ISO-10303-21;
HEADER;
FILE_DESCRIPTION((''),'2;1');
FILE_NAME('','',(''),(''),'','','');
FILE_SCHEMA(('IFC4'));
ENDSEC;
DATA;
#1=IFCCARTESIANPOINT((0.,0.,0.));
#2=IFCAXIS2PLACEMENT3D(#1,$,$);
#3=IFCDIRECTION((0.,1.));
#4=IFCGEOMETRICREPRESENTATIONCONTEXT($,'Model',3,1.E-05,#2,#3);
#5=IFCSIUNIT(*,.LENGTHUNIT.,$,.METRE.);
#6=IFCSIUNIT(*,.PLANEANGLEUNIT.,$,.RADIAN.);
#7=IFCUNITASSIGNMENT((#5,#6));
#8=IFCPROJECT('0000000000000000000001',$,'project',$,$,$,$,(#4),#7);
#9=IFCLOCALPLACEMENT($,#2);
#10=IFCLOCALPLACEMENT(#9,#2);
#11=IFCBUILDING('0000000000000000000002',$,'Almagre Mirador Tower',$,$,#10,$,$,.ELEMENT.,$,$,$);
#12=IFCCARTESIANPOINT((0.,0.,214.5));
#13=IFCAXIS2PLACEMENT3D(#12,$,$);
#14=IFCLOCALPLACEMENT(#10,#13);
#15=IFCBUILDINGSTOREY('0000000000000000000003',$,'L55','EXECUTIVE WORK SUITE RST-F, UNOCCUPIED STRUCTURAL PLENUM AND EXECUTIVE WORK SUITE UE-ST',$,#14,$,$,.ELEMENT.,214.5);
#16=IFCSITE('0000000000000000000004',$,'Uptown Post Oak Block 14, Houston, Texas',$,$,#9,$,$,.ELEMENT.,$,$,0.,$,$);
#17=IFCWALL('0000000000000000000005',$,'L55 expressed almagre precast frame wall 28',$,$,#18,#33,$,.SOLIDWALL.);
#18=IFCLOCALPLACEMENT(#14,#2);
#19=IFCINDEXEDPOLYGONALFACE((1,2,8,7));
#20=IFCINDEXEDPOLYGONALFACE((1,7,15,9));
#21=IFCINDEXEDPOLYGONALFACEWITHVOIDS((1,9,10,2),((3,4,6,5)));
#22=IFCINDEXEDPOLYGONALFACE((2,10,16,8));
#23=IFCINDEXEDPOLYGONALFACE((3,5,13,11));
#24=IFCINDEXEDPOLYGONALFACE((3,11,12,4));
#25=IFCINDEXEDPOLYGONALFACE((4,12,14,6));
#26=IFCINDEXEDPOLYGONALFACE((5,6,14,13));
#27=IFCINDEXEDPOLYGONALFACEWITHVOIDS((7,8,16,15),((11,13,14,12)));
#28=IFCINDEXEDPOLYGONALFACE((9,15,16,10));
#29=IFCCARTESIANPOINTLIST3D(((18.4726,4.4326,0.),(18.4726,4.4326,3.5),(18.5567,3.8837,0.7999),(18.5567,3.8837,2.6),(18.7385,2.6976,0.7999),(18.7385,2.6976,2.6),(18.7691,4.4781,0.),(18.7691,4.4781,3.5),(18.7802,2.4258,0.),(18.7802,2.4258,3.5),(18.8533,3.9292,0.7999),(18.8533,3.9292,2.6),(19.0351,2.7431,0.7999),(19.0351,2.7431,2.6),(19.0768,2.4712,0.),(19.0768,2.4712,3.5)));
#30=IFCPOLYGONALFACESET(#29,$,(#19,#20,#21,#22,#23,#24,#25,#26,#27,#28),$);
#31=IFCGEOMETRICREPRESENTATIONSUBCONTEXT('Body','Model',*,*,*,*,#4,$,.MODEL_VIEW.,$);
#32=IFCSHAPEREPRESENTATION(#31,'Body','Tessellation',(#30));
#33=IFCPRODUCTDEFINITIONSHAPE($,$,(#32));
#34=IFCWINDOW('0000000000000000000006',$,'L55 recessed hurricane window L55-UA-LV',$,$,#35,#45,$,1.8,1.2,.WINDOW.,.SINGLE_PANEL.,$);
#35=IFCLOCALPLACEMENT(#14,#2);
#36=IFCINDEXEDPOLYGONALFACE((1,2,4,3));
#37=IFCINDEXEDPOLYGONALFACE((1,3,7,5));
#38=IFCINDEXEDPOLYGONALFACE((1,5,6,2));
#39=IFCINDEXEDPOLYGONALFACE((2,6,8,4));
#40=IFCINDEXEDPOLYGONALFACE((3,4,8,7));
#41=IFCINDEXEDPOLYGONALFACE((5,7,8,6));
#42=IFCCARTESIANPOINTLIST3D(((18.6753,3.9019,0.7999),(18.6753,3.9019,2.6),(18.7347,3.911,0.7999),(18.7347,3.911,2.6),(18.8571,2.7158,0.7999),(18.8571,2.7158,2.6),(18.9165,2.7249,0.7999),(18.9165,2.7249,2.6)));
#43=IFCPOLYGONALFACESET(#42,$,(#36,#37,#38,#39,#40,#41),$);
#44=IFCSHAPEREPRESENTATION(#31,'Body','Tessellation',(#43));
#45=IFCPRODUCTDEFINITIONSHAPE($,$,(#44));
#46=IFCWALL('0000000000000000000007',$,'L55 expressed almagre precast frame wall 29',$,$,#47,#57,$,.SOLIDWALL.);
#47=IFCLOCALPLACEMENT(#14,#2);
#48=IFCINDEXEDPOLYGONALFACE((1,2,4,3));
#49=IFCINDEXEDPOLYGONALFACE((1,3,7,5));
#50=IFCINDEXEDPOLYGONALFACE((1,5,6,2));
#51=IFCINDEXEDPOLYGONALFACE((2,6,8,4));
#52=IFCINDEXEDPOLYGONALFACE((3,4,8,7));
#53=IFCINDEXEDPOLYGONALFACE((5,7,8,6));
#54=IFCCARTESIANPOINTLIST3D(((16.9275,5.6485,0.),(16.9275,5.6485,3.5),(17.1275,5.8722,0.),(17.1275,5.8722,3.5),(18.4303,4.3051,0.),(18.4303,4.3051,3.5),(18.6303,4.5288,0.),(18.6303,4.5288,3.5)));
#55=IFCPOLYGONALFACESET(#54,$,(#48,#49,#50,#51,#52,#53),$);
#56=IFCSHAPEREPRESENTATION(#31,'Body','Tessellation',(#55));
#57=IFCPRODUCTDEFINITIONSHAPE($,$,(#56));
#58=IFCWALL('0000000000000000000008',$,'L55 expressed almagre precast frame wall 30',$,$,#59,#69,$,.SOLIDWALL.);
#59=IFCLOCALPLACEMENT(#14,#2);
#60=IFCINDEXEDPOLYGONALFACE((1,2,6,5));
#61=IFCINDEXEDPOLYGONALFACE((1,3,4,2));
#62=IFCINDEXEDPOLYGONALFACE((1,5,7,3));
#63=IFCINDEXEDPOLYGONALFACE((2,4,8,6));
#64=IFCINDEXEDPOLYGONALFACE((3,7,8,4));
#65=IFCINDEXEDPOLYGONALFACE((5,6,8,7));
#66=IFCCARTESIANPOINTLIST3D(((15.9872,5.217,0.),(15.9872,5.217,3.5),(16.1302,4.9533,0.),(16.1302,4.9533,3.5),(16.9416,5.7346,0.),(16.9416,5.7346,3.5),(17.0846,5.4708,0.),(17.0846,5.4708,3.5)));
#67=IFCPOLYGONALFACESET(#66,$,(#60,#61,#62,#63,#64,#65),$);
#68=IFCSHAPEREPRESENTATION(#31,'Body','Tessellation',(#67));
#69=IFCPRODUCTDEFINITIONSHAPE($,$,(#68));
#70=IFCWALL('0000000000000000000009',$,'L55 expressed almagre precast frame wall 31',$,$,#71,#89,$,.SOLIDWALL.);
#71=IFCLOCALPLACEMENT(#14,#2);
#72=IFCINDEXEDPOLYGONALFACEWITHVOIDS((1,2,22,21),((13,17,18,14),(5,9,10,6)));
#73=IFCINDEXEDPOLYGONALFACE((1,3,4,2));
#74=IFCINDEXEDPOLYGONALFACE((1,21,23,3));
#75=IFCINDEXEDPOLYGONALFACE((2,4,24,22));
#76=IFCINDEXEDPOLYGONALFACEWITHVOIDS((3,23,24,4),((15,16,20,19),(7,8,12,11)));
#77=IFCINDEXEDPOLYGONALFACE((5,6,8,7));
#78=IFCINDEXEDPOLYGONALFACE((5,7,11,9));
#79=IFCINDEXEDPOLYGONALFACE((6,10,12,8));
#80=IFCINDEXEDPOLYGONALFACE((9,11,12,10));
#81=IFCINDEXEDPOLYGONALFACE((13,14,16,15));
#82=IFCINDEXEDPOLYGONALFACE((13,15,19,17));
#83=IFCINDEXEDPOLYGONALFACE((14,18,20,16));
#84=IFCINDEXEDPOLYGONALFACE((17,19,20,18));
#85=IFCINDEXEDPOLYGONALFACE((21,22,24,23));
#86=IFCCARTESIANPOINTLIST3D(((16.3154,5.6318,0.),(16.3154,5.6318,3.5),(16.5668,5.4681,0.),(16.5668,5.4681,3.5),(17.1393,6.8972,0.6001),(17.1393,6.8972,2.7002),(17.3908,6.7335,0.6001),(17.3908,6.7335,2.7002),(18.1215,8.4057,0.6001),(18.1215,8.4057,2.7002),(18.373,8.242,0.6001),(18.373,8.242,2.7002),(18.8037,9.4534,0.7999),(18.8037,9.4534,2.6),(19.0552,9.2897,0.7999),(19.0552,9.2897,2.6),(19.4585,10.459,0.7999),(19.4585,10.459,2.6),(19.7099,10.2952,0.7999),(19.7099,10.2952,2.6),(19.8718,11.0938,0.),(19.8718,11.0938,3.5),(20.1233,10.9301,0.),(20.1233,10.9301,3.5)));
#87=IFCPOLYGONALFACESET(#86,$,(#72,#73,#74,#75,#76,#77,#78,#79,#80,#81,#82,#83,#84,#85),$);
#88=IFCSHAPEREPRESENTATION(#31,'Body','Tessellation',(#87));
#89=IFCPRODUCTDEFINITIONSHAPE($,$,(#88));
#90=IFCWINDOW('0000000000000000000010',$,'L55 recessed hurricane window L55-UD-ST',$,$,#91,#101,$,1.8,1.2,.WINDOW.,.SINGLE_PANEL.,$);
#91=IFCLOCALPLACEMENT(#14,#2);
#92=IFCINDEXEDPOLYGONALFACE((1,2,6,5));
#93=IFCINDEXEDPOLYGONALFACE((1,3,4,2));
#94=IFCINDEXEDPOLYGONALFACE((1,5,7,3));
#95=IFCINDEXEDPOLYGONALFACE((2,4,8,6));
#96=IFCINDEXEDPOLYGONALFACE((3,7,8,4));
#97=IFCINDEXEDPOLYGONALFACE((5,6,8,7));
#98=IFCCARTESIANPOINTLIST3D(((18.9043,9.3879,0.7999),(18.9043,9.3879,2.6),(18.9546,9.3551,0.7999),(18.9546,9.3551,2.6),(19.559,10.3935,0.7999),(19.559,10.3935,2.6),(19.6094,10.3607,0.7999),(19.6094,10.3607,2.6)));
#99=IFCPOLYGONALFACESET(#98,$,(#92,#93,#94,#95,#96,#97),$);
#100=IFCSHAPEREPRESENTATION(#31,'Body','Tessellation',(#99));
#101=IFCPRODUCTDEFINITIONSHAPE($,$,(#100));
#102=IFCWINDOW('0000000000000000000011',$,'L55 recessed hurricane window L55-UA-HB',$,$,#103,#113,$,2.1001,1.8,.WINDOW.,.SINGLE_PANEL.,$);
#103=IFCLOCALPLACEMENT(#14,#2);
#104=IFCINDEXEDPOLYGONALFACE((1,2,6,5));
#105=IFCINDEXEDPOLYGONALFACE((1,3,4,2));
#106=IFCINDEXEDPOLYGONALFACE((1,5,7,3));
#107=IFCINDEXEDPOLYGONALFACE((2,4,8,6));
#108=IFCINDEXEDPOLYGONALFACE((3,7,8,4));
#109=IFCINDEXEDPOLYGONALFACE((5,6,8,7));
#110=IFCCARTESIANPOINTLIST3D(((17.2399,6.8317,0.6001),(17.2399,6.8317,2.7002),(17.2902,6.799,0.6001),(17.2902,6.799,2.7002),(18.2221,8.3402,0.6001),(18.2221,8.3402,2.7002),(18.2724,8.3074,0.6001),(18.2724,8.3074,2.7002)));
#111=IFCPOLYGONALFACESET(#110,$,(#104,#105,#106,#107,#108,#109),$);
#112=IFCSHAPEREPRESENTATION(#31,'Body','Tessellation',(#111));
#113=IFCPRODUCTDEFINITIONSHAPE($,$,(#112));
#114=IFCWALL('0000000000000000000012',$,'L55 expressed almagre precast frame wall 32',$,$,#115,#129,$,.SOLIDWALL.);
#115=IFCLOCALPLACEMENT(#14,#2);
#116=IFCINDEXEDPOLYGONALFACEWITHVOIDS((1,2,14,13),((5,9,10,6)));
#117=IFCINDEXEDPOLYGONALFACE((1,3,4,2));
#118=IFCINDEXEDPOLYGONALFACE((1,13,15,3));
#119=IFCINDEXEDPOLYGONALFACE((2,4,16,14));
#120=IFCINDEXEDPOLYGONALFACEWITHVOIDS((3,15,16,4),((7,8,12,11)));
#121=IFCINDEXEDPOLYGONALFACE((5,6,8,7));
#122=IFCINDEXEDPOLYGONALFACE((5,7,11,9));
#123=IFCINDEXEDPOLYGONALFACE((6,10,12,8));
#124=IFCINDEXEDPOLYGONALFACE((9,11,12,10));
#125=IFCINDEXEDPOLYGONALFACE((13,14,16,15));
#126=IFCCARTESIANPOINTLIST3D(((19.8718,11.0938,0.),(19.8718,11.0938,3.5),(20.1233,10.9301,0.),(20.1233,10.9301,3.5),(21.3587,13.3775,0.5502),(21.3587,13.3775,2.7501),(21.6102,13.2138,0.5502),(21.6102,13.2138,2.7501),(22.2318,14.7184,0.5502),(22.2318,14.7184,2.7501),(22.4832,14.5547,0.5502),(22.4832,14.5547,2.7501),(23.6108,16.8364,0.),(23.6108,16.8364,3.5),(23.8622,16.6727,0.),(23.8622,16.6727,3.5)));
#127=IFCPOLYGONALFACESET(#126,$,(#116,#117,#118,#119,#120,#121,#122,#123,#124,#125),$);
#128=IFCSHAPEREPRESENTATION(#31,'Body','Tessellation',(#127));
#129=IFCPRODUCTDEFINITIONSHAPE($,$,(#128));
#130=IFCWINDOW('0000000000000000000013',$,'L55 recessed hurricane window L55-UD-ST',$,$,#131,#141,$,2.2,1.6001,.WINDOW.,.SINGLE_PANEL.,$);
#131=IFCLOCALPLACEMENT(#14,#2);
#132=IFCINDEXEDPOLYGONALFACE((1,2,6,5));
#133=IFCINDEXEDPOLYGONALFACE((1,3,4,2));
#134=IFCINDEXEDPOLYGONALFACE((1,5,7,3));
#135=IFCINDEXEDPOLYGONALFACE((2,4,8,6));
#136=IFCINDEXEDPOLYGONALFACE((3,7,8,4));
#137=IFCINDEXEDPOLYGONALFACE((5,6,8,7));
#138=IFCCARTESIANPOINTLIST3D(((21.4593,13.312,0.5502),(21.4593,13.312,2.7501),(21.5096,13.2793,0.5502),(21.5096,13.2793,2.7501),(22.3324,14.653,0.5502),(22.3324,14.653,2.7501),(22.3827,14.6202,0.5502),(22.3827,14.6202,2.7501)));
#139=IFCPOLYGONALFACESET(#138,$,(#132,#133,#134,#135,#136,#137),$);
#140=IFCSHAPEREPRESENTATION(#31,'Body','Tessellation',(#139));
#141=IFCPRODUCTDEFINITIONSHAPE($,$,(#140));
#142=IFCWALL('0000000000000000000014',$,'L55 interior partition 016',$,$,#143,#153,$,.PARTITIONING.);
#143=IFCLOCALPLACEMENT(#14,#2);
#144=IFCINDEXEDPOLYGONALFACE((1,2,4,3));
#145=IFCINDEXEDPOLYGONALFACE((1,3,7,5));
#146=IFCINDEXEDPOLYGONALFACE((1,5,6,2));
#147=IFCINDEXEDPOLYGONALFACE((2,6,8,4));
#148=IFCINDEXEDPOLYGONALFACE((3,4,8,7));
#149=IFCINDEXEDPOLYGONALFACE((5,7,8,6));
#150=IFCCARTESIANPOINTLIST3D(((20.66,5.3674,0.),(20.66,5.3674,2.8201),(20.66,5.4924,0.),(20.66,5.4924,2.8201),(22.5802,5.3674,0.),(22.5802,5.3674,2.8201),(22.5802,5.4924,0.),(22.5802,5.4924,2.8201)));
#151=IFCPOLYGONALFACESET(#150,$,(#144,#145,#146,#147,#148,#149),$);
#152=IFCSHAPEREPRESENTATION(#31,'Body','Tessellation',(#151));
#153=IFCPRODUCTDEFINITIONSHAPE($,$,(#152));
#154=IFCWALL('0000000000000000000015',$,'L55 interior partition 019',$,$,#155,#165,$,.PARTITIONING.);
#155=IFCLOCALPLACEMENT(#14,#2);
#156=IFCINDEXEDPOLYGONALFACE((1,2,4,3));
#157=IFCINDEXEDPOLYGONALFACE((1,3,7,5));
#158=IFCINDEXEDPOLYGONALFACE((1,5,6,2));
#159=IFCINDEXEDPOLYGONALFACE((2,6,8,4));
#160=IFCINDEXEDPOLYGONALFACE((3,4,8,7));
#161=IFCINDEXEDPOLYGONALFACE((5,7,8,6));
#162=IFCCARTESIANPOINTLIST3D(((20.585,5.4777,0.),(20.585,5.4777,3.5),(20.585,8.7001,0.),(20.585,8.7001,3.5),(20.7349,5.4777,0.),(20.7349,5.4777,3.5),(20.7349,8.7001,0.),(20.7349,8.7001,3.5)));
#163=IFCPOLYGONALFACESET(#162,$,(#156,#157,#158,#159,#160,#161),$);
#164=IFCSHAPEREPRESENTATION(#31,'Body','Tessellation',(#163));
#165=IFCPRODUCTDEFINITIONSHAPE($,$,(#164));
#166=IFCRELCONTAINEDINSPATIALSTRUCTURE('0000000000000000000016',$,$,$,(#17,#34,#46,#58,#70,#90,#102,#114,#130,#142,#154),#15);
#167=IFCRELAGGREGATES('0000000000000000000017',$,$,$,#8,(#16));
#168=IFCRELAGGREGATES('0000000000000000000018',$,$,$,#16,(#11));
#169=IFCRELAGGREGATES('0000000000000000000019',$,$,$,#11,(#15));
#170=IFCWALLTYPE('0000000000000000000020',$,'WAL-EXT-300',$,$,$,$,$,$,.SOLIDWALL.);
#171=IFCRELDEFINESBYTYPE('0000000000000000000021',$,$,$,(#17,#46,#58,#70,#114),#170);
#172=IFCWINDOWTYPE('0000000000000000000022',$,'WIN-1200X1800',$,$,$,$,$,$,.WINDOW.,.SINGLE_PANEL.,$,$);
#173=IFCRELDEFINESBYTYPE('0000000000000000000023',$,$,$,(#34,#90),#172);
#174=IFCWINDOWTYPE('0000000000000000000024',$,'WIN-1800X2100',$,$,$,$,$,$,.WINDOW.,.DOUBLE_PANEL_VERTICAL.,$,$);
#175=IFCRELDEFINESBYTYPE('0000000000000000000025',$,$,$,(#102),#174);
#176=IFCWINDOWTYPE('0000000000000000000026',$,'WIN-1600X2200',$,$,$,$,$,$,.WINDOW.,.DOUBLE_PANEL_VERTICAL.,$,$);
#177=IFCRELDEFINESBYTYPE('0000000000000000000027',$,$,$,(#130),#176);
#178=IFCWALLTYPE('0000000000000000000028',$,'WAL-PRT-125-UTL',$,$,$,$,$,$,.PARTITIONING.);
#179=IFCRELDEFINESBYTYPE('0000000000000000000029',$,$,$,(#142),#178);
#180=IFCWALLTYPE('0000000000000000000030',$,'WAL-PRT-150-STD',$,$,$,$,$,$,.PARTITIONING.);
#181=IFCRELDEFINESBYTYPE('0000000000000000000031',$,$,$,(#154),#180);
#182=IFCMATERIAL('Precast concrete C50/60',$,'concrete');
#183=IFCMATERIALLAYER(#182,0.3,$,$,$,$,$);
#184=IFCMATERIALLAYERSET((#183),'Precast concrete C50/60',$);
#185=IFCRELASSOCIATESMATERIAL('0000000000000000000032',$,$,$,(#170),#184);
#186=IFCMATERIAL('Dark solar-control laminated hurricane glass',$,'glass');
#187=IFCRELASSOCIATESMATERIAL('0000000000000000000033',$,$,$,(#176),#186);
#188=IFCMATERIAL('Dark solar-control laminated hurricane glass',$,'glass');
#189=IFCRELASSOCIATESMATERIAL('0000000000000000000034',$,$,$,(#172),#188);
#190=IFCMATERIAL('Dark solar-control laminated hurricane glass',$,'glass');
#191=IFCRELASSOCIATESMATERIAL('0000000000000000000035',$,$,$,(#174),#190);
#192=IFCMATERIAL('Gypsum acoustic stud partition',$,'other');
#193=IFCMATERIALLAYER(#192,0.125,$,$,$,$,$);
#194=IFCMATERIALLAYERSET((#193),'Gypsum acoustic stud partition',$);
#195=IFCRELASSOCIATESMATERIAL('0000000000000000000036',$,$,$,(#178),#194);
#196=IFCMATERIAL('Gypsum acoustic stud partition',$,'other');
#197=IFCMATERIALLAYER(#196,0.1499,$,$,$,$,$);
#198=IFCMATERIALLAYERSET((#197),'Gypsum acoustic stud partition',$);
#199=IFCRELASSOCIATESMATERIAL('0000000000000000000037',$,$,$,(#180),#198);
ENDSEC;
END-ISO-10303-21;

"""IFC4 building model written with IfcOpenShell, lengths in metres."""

from ifc_helpers import new_model, si_unit, direction, frame, frame_2d, origin, place, context, subcontext, project, spatial, rectangle, extrude, material, layer, layer_set, type_object, element, fill, save


model = new_model("IFC4")

# Units and contexts
model_context = context("Model", 3, precision=1e-05, world=origin(), true_north=direction((0.0, 1.0)))
body_context = subcontext(model_context, "Body", "Model", "MODEL_VIEW")
ifc_project = project(units=[si_unit("LENGTHUNIT", "METRE"), si_unit("PLANEANGLEUNIT", "RADIAN")], contexts=[model_context])

# Site, building, storey
site_placement = place(None, origin())
site = spatial("IfcSite", under=ifc_project, at=site_placement, Name="Uptown Post Oak Block 14, Houston, Texas", CompositionType="ELEMENT", RefElevation=0.0)
building_placement = place(site_placement, origin())
building = spatial("IfcBuilding", under=site, at=building_placement, Name="Almagre Mirador Tower", CompositionType="ELEMENT")
storey_placement = place(building_placement, frame((0.0, 0.0, 214.5)))
storey = spatial("IfcBuildingStorey", under=building, at=storey_placement, Name="L55", Description="EXECUTIVE WORK SUITE RST-F, UNOCCUPIED STRUCTURAL PLENUM AND EXECUTIVE WORK SUITE UE-ST", CompositionType="ELEMENT", Elevation=214.5)

# Shared definitions
ifc_material_1 = material(Name="Precast concrete C50/60", Category="concrete")
ifc_layer_1 = layer(ifc_material_1, 0.3)
ifc_layer_set_1 = layer_set([ifc_layer_1], Name="Precast concrete C50/60")
wall_type_1 = type_object("IfcWallType", Name="WAL-EXT-300", PredefinedType="SOLIDWALL", material=ifc_layer_set_1)

# Shared definitions
ifc_material_2 = material(Name="Dark solar-control laminated hurricane glass", Category="glass")
window_type_1 = type_object("IfcWindowType", Name="WIN-1600X2200", PartitioningType="DOUBLE_PANEL_VERTICAL", PredefinedType="WINDOW", material=ifc_material_2)

# Wall, opening, window
wall_1_placement = place(storey_placement, frame((18.9285, 2.4485, 0.0), z_axis=(0.0, 0.0, 1.0), x_axis=(-0.151515, 0.988455, 0.0)))
wall_1 = element("IfcWall", 1, at=wall_1_placement, inside=storey, type_object=wall_type_1, Name="L55 expressed almagre precast frame wall 28", PredefinedType="SOLIDWALL", context=body_context, shape_type="SweptSolid", body=[
    extrude(rectangle(XDim=2.0303, YDim=0.3, at=frame_2d((1.0151, 0.0))), origin(), (0.0, 0.0, 1.0), 3.5),
])
opening_1_placement = place(wall_1_placement, frame((0.2749, 0.0, 0.8)))
opening_1 = element("IfcOpeningElement", 2, at=opening_1_placement, cuts=wall_1, PredefinedType="OPENING", context=body_context, shape_type="SweptSolid", body=[
    extrude(rectangle(XDim=1.2, YDim=1.8, at=frame_2d((0.6001, 0.8999))), frame((0.0, 0.1599, 0.0), z_axis=(0.0, -1.0, 0.0), x_axis=(1.0, 0.0, 0.0)), (0.0, 0.0, 1.0), 0.32),
])
ifc_material_3 = material(Name="Dark solar-control laminated hurricane glass", Category="glass")
window_type_2 = type_object("IfcWindowType", Name="WIN-1200X1800", PartitioningType="SINGLE_PANEL", PredefinedType="WINDOW", material=ifc_material_3)
window_1_placement = place(opening_1_placement, origin())
window_1 = element("IfcWindow", 3, at=window_1_placement, inside=storey, type_object=window_type_2, Name="L55 recessed hurricane window L55-UA-LV", OverallHeight=1.8, OverallWidth=1.2, PartitioningType="SINGLE_PANEL", PredefinedType="WINDOW", context=body_context, shape_type="SweptSolid", body=[
    extrude(rectangle(XDim=1.2, YDim=1.8, at=frame_2d((0.6001, 0.8999))), frame((0.0, 0.03, 0.0), z_axis=(0.0, -1.0, 0.0), x_axis=(1.0, 0.0, 0.0)), (0.0, 0.0, 1.0), 0.0601),
])
fill(opening_1, window_1)

# Walls
wall_2_placement = place(storey_placement, frame((18.5303, 4.417, 0.0), z_axis=(0.0, 0.0, 1.0), x_axis=(-0.745549, 0.666451, 0.0)))
element("IfcWall", 4, at=wall_2_placement, inside=storey, type_object=wall_type_1, Name="L55 expressed almagre precast frame wall 29", PredefinedType="SOLIDWALL", context=body_context, shape_type="SweptSolid", body=[
    extrude(rectangle(XDim=2.0156, YDim=0.3, at=frame_2d((1.0078, 0.0))), origin(), (0.0, 0.0, 1.0), 3.5),
])
wall_3_placement = place(storey_placement, frame((17.0132, 5.6028, 0.0), z_axis=(0.0, 0.0, 1.0), x_axis=(-0.879045, -0.476739, 0.0)))
element("IfcWall", 5, at=wall_3_placement, inside=storey, type_object=wall_type_1, Name="L55 expressed almagre precast frame wall 30", PredefinedType="SOLIDWALL", context=body_context, shape_type="SweptSolid", body=[
    extrude(rectangle(XDim=1.0857, YDim=0.3, at=frame_2d((0.543, 0.0))), origin(), (0.0, 0.0, 1.0), 3.5),
])

# Wall, openings, windows
wall_4_placement = place(storey_placement, frame((16.4412, 5.55, 0.0), z_axis=(0.0, 0.0, 1.0), x_axis=(0.545652, 0.838012, 0.0)))
wall_4 = element("IfcWall", 6, at=wall_4_placement, inside=storey, type_object=wall_type_1, Name="L55 expressed almagre precast frame wall 31", PredefinedType="SOLIDWALL", context=body_context, shape_type="SweptSolid", body=[
    extrude(rectangle(XDim=6.5178, YDim=0.3, at=frame_2d((3.2588, 0.0))), origin(), (0.0, 0.0, 1.0), 3.5),
])
opening_2_placement = place(wall_4_placement, frame((1.51, 0.0, 0.6001)))
opening_2 = element("IfcOpeningElement", 7, at=opening_2_placement, cuts=wall_4, PredefinedType="OPENING", context=body_context, shape_type="SweptSolid", body=[
    extrude(rectangle(XDim=1.8, YDim=2.1001, at=frame_2d((0.8999, 1.05))), frame((0.0, 0.1599, 0.0), z_axis=(0.0, -1.0, 0.0), x_axis=(1.0, 0.0, 0.0)), (0.0, 0.0, 1.0), 0.32),
])
opening_3_placement = place(wall_4_placement, frame((4.5601, 0.0, 0.8)))
opening_3 = element("IfcOpeningElement", 8, at=opening_3_placement, cuts=wall_4, PredefinedType="OPENING", context=body_context, shape_type="SweptSolid", body=[
    extrude(rectangle(XDim=1.2, YDim=1.8, at=frame_2d((0.6001, 0.8999))), frame((0.0, 0.1599, 0.0), z_axis=(0.0, -1.0, 0.0), x_axis=(1.0, 0.0, 0.0)), (0.0, 0.0, 1.0), 0.32),
])
window_2_placement = place(opening_3_placement, origin())
window_2 = element("IfcWindow", 9, at=window_2_placement, inside=storey, type_object=window_type_2, Name="L55 recessed hurricane window L55-UD-ST", OverallHeight=1.8, OverallWidth=1.2, PartitioningType="SINGLE_PANEL", PredefinedType="WINDOW", context=body_context, shape_type="SweptSolid", body=[
    extrude(rectangle(XDim=1.2, YDim=1.8, at=frame_2d((0.6001, 0.8999))), frame((0.0, 0.03, 0.0), z_axis=(0.0, -1.0, 0.0), x_axis=(1.0, 0.0, 0.0)), (0.0, 0.0, 1.0), 0.0601),
])
fill(opening_3, window_2)
ifc_material_4 = material(Name="Dark solar-control laminated hurricane glass", Category="glass")
window_type_3 = type_object("IfcWindowType", Name="WIN-1800X2100", PartitioningType="DOUBLE_PANEL_VERTICAL", PredefinedType="WINDOW", material=ifc_material_4)
window_3_placement = place(opening_2_placement, origin())
window_3 = element("IfcWindow", 10, at=window_3_placement, inside=storey, type_object=window_type_3, Name="L55 recessed hurricane window L55-UA-HB", OverallHeight=2.1001, OverallWidth=1.8, PartitioningType="SINGLE_PANEL", PredefinedType="WINDOW", context=body_context, shape_type="SweptSolid", body=[
    extrude(rectangle(XDim=1.8, YDim=2.1001, at=frame_2d((0.8999, 1.05))), frame((0.0, 0.03, 0.0), z_axis=(0.0, -1.0, 0.0), x_axis=(1.0, 0.0, 0.0)), (0.0, 0.0, 1.0), 0.0601),
])
fill(opening_2, window_3)

# Wall, opening, window
wall_5_placement = place(storey_placement, frame((19.9976, 11.012, 0.0), z_axis=(0.0, 0.0, 1.0), x_axis=(0.545632, 0.838025, 0.0)))
wall_5 = element("IfcWall", 11, at=wall_5_placement, inside=storey, type_object=wall_type_1, Name="L55 expressed almagre precast frame wall 32", PredefinedType="SOLIDWALL", context=body_context, shape_type="SweptSolid", body=[
    extrude(rectangle(XDim=6.8525, YDim=0.3, at=frame_2d((3.4263, 0.0))), origin(), (0.0, 0.0, 1.0), 3.5),
])
opening_4_placement = place(wall_5_placement, frame((2.7251, 0.0, 0.55)))
opening_4 = element("IfcOpeningElement", 12, at=opening_4_placement, cuts=wall_5, PredefinedType="OPENING", context=body_context, shape_type="SweptSolid", body=[
    extrude(rectangle(XDim=1.6001, YDim=2.2, at=frame_2d((0.8, 1.1001))), frame((0.0, 0.1599, 0.0), z_axis=(0.0, -1.0, 0.0), x_axis=(1.0, 0.0, 0.0)), (0.0, 0.0, 1.0), 0.32),
])
window_4_placement = place(opening_4_placement, origin())
window_4 = element("IfcWindow", 13, at=window_4_placement, inside=storey, type_object=window_type_1, Name="L55 recessed hurricane window L55-UD-ST", OverallHeight=2.2, OverallWidth=1.6001, PartitioningType="SINGLE_PANEL", PredefinedType="WINDOW", context=body_context, shape_type="SweptSolid", body=[
    extrude(rectangle(XDim=1.6001, YDim=2.2, at=frame_2d((0.8, 1.1001))), frame((0.0, 0.03, 0.0), z_axis=(0.0, -1.0, 0.0), x_axis=(1.0, 0.0, 0.0)), (0.0, 0.0, 1.0), 0.0601),
])
fill(opening_4, window_4)

# Walls
ifc_material_5 = material(Name="Gypsum acoustic stud partition", Category="other")
ifc_layer_2 = layer(ifc_material_5, 0.125)
ifc_layer_set_2 = layer_set([ifc_layer_2], Name="Gypsum acoustic stud partition")
wall_type_2 = type_object("IfcWallType", Name="WAL-PRT-125-UTL", PredefinedType="PARTITIONING", material=ifc_layer_set_2)
wall_6_placement = place(storey_placement, frame((22.5801, 5.4299, 0.0), z_axis=(0.0, 0.0, 1.0), x_axis=(-1.0, 0.0, 0.0)))
element("IfcWall", 14, at=wall_6_placement, inside=storey, type_object=wall_type_2, Name="L55 interior partition 016", PredefinedType="PARTITIONING", context=body_context, shape_type="SweptSolid", body=[
    extrude(rectangle(XDim=1.9202, YDim=0.125, at=frame_2d((0.96, 0.0))), origin(), (0.0, 0.0, 1.0), 2.8201),
])
ifc_material_6 = material(Name="Gypsum acoustic stud partition", Category="other")
ifc_layer_3 = layer(ifc_material_6, 0.1499)
ifc_layer_set_3 = layer_set([ifc_layer_3], Name="Gypsum acoustic stud partition")
wall_type_3 = type_object("IfcWallType", Name="WAL-PRT-150-STD", PredefinedType="PARTITIONING", material=ifc_layer_set_3)
wall_7_placement = place(storey_placement, frame((20.6599, 5.4775, 0.0), z_axis=(0.0, 0.0, 1.0), x_axis=(0.0, 1.0, 0.0)))
element("IfcWall", 15, at=wall_7_placement, inside=storey, type_object=wall_type_3, Name="L55 interior partition 019", PredefinedType="PARTITIONING", context=body_context, shape_type="SweptSolid", body=[
    extrude(rectangle(XDim=3.2224, YDim=0.1499, at=frame_2d((1.6113, 0.0))), origin(), (0.0, 0.0, 1.0), 3.5),
])

save(model, "model.ifc")
